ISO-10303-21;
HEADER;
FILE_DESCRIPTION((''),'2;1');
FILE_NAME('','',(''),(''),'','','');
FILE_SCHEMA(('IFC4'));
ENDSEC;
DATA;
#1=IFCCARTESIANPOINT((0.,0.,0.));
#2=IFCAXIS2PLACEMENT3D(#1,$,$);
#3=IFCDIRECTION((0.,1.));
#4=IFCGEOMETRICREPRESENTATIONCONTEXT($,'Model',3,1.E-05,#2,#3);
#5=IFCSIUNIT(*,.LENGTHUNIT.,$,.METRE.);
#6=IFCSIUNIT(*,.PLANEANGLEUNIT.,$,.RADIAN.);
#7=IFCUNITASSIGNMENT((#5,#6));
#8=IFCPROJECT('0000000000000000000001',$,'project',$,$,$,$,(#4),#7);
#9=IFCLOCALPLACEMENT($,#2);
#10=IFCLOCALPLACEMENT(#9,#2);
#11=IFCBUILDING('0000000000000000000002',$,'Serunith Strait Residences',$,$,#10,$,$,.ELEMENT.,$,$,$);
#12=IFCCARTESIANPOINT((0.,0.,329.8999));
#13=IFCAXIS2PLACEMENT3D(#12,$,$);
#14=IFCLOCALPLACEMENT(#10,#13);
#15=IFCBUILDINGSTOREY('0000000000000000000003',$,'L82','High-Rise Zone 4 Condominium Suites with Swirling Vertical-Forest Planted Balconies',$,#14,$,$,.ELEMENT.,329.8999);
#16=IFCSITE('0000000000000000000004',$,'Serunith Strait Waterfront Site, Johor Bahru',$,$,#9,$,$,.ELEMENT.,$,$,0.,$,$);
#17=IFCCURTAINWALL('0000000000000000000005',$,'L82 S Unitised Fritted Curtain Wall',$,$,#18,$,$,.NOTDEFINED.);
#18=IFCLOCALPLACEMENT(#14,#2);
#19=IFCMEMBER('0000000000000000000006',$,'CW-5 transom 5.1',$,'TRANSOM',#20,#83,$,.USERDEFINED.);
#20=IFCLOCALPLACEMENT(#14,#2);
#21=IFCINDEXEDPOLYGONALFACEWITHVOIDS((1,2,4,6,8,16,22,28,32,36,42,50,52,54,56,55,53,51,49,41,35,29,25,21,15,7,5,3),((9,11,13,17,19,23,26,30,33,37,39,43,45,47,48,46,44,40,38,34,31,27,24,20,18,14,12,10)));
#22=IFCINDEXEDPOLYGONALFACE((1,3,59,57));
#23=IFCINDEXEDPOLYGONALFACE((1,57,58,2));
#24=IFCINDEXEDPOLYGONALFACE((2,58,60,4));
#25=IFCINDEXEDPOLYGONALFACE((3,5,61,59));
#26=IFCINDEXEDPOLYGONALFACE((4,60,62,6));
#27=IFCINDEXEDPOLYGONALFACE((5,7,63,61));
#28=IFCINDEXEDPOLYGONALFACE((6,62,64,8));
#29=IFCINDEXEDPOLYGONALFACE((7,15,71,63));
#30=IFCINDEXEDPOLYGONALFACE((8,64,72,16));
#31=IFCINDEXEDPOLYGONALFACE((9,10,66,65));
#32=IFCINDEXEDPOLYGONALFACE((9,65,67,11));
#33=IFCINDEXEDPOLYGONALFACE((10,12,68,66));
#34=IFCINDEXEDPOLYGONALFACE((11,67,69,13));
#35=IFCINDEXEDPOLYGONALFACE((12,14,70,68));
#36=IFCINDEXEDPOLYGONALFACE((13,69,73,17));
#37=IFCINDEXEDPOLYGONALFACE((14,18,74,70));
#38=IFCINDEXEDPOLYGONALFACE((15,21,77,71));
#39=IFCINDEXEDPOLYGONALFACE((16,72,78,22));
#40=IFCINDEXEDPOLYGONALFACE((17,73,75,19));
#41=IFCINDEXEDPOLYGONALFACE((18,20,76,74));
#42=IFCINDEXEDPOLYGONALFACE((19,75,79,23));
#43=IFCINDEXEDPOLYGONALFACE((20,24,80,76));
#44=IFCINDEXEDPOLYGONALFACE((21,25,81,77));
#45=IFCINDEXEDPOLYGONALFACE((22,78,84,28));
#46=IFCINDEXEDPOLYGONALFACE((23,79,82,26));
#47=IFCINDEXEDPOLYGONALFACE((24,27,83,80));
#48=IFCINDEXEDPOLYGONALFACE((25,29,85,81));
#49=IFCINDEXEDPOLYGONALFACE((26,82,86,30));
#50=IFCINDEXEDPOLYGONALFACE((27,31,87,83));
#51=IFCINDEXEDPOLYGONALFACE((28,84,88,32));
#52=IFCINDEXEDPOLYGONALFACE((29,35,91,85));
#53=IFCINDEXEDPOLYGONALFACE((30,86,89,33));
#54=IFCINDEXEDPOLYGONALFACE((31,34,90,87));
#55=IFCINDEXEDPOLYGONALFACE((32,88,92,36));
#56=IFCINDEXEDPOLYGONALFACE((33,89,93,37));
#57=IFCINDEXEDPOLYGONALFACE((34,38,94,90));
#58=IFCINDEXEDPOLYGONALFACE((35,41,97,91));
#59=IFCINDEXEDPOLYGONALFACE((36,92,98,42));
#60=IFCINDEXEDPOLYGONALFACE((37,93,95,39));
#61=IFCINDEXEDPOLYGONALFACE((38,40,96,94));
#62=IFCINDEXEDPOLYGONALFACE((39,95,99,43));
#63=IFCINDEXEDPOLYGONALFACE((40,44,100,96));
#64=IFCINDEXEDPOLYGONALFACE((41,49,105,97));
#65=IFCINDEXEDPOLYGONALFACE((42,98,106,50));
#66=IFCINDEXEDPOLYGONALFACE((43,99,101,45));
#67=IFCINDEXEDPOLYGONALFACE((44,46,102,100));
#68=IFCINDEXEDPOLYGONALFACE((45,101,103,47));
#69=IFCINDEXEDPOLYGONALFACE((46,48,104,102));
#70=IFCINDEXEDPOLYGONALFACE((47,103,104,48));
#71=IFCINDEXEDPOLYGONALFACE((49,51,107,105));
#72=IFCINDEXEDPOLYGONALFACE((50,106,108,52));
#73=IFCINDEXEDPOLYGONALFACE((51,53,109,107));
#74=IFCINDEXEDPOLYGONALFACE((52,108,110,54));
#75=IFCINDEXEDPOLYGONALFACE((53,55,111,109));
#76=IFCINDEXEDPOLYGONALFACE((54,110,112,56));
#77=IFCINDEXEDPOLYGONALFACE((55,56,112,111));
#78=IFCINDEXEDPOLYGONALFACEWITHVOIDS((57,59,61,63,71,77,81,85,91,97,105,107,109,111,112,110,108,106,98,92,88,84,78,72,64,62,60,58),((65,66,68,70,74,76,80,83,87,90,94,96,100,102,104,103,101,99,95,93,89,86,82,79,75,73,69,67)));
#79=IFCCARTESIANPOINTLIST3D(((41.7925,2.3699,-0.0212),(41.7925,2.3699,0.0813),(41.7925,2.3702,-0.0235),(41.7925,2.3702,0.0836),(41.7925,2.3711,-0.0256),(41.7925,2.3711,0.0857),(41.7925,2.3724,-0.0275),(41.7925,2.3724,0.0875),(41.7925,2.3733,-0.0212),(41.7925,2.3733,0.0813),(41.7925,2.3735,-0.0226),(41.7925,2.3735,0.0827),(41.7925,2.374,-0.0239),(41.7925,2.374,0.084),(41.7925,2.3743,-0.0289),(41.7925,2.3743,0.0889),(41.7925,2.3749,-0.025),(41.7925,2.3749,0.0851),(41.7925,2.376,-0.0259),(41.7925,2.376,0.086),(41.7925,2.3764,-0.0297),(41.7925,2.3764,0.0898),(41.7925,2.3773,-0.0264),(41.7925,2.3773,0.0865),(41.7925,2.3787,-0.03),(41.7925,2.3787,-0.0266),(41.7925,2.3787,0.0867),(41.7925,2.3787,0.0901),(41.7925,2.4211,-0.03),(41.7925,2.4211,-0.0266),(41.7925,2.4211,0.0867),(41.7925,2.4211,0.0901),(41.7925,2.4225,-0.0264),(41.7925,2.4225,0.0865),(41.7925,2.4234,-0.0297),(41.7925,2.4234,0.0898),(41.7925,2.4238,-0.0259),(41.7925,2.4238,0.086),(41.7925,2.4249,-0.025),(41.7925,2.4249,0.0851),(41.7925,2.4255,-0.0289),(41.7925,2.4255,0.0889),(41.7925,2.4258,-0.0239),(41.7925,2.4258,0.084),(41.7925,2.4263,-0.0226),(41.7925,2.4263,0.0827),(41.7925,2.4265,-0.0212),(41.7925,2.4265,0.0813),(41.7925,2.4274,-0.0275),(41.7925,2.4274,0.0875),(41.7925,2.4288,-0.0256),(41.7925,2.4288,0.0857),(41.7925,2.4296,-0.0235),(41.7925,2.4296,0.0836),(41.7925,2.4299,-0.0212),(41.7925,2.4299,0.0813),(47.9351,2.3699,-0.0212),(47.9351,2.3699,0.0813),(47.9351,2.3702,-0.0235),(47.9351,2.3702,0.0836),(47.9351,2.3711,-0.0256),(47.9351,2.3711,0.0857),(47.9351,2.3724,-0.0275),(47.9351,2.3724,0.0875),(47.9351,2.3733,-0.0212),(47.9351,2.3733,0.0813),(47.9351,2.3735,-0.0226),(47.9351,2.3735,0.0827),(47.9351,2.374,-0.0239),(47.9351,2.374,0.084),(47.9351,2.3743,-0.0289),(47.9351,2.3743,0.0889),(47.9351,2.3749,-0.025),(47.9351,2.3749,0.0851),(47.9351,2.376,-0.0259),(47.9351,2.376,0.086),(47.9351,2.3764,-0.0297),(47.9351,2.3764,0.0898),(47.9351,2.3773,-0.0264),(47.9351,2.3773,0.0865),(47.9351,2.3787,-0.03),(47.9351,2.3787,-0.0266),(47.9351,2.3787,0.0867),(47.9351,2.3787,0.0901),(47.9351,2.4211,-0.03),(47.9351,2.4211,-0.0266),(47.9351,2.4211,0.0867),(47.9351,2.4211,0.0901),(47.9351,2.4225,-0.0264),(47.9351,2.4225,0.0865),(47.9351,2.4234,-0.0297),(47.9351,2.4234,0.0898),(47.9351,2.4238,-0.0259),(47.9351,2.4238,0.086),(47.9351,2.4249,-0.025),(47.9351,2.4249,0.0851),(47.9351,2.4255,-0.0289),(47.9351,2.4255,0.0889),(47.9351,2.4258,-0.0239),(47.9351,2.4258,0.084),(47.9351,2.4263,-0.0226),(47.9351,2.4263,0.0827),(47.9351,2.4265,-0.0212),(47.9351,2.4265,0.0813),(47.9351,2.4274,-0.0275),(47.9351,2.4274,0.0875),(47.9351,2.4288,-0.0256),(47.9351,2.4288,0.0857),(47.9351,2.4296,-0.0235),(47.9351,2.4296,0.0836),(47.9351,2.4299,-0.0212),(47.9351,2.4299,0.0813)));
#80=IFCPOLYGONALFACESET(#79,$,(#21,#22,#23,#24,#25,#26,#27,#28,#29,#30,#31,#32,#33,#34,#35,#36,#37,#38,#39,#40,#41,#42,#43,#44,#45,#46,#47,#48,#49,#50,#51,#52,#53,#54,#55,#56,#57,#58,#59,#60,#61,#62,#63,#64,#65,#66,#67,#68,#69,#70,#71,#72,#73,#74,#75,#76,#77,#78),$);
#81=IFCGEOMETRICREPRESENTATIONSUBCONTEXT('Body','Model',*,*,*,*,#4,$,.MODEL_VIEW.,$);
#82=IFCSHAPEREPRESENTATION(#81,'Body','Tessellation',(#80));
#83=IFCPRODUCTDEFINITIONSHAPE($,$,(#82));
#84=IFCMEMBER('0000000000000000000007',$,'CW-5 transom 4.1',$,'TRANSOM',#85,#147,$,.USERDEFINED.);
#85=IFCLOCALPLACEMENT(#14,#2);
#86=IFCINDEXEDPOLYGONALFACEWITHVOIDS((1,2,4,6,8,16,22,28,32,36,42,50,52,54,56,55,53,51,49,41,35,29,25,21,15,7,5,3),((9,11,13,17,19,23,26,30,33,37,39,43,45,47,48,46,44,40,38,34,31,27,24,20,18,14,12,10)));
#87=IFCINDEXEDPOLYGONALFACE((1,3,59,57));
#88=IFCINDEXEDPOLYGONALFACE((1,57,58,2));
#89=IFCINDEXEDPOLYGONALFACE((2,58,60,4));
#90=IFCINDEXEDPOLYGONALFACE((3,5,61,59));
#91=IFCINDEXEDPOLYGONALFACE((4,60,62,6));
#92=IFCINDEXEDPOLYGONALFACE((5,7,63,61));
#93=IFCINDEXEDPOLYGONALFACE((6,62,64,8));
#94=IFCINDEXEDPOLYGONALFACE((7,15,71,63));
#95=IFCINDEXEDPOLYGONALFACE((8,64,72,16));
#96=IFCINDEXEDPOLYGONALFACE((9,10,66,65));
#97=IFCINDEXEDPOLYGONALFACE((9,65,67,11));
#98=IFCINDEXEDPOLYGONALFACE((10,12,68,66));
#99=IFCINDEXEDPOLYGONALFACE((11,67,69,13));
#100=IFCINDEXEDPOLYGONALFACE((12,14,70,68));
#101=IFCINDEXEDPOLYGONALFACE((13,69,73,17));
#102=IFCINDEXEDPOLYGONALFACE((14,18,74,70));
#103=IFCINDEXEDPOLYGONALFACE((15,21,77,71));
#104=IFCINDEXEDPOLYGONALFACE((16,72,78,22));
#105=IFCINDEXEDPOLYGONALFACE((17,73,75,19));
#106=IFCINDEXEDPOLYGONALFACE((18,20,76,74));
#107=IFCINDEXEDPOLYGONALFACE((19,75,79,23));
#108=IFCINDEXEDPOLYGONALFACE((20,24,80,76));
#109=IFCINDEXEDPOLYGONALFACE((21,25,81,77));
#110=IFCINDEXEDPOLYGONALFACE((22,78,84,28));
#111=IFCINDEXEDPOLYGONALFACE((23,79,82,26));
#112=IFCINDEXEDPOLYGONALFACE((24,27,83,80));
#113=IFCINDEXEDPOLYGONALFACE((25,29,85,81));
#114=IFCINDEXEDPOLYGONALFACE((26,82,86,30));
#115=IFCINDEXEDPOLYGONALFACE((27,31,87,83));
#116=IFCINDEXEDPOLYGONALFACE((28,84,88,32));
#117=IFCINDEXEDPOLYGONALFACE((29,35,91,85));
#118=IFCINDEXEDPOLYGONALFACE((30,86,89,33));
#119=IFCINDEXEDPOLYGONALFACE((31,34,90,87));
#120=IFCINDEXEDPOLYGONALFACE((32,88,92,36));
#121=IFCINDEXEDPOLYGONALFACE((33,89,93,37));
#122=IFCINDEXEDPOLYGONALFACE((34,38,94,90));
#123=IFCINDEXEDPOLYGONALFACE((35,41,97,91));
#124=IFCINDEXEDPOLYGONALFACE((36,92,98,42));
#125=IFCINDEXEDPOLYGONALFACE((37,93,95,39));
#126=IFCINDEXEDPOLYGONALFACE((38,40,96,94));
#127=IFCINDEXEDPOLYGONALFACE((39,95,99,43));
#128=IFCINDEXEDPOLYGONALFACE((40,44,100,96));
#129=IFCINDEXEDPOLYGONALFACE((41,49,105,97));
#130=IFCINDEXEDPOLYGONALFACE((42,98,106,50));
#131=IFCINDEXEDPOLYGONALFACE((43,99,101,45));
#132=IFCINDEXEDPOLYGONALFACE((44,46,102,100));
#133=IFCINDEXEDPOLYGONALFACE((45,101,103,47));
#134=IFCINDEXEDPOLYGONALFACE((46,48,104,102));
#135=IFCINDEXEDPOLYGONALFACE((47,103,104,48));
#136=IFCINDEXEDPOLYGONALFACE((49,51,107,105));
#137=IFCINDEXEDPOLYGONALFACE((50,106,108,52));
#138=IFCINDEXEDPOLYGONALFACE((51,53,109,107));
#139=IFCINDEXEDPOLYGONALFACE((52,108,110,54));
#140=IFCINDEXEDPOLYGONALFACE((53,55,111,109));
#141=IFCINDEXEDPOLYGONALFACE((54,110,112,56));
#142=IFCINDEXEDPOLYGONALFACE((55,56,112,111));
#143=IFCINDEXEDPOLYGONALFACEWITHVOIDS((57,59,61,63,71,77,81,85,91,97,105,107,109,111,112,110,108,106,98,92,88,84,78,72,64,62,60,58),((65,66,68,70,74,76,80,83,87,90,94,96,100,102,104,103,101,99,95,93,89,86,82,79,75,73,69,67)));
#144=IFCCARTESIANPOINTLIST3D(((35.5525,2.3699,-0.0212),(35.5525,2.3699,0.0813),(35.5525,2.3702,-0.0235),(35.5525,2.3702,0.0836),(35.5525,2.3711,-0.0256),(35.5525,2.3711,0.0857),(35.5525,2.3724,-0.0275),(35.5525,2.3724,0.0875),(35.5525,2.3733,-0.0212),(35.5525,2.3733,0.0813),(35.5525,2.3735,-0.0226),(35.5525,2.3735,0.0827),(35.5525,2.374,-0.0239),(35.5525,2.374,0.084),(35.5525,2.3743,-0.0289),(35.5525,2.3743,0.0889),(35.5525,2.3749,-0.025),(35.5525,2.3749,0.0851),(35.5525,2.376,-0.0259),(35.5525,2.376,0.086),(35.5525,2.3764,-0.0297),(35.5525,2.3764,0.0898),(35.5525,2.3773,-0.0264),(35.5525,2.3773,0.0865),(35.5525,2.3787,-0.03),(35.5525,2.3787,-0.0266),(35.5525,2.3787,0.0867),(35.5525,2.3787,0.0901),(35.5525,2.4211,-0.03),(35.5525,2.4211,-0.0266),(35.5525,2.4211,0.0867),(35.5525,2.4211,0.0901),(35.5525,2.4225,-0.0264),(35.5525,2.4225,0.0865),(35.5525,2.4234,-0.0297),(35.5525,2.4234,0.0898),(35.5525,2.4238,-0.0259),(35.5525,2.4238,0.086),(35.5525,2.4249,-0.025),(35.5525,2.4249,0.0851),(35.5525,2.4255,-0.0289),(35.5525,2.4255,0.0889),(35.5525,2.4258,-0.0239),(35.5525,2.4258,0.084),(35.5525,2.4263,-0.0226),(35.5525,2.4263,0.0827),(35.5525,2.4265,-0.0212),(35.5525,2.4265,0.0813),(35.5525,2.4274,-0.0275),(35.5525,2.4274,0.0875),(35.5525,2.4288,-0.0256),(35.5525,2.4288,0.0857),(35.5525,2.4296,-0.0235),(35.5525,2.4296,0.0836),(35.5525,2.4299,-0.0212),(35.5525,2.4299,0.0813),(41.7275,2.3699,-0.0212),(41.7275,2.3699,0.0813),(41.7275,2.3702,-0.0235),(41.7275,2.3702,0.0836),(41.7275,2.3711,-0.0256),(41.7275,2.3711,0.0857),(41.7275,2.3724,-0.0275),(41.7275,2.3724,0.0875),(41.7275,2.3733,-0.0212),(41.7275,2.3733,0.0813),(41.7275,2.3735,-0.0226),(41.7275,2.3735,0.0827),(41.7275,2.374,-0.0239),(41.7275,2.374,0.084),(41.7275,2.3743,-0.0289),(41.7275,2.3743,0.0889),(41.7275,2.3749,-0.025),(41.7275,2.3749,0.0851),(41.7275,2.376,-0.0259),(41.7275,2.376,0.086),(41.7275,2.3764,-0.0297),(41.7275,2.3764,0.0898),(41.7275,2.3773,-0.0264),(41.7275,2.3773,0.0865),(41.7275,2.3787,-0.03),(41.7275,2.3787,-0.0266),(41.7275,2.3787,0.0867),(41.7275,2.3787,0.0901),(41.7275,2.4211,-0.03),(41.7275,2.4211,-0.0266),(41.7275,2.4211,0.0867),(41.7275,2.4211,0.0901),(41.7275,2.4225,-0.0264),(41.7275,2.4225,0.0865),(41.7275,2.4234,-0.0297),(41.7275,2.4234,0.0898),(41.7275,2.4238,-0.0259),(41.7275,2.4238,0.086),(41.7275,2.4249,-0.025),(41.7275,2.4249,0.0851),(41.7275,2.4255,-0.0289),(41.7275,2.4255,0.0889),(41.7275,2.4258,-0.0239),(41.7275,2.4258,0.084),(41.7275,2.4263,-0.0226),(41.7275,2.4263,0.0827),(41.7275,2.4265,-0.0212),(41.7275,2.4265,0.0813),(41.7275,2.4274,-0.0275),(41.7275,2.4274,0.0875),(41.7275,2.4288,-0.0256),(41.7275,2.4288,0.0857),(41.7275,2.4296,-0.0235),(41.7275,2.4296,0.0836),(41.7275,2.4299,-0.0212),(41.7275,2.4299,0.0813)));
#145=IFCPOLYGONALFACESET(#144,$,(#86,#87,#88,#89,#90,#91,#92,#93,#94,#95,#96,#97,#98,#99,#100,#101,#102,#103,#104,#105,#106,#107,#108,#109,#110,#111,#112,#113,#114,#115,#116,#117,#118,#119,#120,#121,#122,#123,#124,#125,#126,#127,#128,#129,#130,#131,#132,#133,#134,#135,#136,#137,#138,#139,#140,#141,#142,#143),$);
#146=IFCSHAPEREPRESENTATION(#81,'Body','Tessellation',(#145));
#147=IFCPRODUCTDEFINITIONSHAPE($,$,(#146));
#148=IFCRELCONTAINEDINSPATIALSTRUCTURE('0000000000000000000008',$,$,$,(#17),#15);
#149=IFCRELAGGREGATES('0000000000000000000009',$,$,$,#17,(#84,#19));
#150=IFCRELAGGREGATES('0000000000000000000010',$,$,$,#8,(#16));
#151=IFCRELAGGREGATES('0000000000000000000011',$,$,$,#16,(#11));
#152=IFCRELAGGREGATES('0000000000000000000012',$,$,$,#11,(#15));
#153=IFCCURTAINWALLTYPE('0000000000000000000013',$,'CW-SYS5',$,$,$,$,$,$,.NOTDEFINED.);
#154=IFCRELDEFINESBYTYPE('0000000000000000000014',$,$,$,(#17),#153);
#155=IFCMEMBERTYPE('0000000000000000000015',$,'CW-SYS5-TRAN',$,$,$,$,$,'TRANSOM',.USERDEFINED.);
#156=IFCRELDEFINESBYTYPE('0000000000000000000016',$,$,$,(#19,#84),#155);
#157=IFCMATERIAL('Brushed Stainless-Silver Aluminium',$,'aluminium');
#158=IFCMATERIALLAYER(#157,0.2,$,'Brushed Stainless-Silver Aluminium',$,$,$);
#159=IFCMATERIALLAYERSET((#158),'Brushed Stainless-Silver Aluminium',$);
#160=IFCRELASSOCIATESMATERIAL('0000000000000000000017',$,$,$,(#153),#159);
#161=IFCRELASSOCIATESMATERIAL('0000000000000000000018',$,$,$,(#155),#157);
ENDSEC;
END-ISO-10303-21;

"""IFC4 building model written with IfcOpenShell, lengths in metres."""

from ifc_helpers import new_model, si_unit, direction, frame, origin, origin_2d, place, context, subcontext, project, spatial, hollow_rectangle, extrude, source, transform, mapped, material, layer, layer_set, material_profile, profile_set, type_object, element, aggregate, save


model = new_model("IFC4")

# Units and contexts
model_context = context("Model", 3, precision=1e-05, world=origin(), true_north=direction((0.0, 1.0)))
body_context = subcontext(model_context, "Body", "Model", "MODEL_VIEW")
ifc_project = project(units=[si_unit("LENGTHUNIT", "METRE"), si_unit("PLANEANGLEUNIT", "RADIAN")], contexts=[model_context])

# Site, building, storey
site_placement = place(None, origin())
site = spatial("IfcSite", under=ifc_project, at=site_placement, Name="Serunith Strait Waterfront Site, Johor Bahru", CompositionType="ELEMENT", RefElevation=0.0)
building_placement = place(site_placement, origin())
building = spatial("IfcBuilding", under=site, at=building_placement, Name="Serunith Strait Residences", CompositionType="ELEMENT")
storey_placement = place(building_placement, frame((0.0, 0.0, 329.8999)))
storey = spatial("IfcBuildingStorey", under=building, at=storey_placement, Name="L82", Description="High-Rise Zone 4 Condominium Suites with Swirling Vertical-Forest Planted Balconies", CompositionType="ELEMENT", Elevation=329.8999)

# Curtain wall, members
ifc_material_1 = material(Name="Brushed Stainless-Silver Aluminium", Category="aluminium")
ifc_layer_1 = layer(ifc_material_1, 0.2, Name="Brushed Stainless-Silver Aluminium")
ifc_layer_set_1 = layer_set([ifc_layer_1], Name="Brushed Stainless-Silver Aluminium")
curtain_wall_type = type_object("IfcCurtainWallType", Name="CW-SYS5", PredefinedType="NOTDEFINED", material=ifc_layer_set_1)
curtain_wall_placement = place(storey_placement, origin())
curtain_wall = element("IfcCurtainWall", 1, at=curtain_wall_placement, inside=storey, type_object=curtain_wall_type, Name="L82 S Unitised Fritted Curtain Wall", PredefinedType="NOTDEFINED")
ifc_material_profile_1 = material_profile(ifc_material_1, hollow_rectangle(XDim=0.0601, YDim=0.1201, WallThickness=0.0034, InnerFilletRadius=0.0054, OuterFilletRadius=0.0088, at=origin_2d()), Name="ALU 120x60x3.5")
ifc_profile_set_1 = profile_set([ifc_material_profile_1], Name="Brushed Stainless-Silver Aluminium")
member_type_1 = type_object("IfcMemberType", Name="CW-SYS5-TRAN", ElementType="TRANSOM", PredefinedType="USERDEFINED", material=ifc_profile_set_1)
shared_shape_1 = source(origin(), body_context, "Body", "SweptSolid", [
    extrude(hollow_rectangle(XDim=0.0601, YDim=0.1201, WallThickness=0.0034, InnerFilletRadius=0.0054, OuterFilletRadius=0.0088, at=origin_2d()), origin(), (0.0, 0.0, 1.0), 6.1426),
])
member_1_placement = place(storey_placement, frame((41.7925, 2.3999, 0.03), z_axis=(1.0, 0.0, 0.0), x_axis=(0.0, 1.0, 0.0)))
member_1 = element("IfcMember", 2, at=member_1_placement, type_object=member_type_1, Name="CW-5 transom 5.1", ObjectType="TRANSOM", PredefinedType="USERDEFINED", context=body_context, shape_type="MappedRepresentation", body=[
    mapped(shared_shape_1, transform((0.0, 0.0, 0.0), scale=1.0)),
])
shared_shape_2 = source(origin(), body_context, "Body", "SweptSolid", [
    extrude(hollow_rectangle(XDim=0.0601, YDim=0.1201, WallThickness=0.0034, InnerFilletRadius=0.0054, OuterFilletRadius=0.0088, at=origin_2d()), origin(), (0.0, 0.0, 1.0), 6.175),
])
member_2_placement = place(storey_placement, frame((35.5525, 2.3999, 0.03), z_axis=(1.0, 0.0, 0.0), x_axis=(0.0, 1.0, 0.0)))
member_2 = element("IfcMember", 3, at=member_2_placement, type_object=member_type_1, Name="CW-5 transom 4.1", ObjectType="TRANSOM", PredefinedType="USERDEFINED", context=body_context, shape_type="MappedRepresentation", body=[
    mapped(shared_shape_2, transform((0.0, 0.0, 0.0), scale=1.0)),
])
aggregate(curtain_wall, [member_2, member_1])

save(model, "model.ifc")
